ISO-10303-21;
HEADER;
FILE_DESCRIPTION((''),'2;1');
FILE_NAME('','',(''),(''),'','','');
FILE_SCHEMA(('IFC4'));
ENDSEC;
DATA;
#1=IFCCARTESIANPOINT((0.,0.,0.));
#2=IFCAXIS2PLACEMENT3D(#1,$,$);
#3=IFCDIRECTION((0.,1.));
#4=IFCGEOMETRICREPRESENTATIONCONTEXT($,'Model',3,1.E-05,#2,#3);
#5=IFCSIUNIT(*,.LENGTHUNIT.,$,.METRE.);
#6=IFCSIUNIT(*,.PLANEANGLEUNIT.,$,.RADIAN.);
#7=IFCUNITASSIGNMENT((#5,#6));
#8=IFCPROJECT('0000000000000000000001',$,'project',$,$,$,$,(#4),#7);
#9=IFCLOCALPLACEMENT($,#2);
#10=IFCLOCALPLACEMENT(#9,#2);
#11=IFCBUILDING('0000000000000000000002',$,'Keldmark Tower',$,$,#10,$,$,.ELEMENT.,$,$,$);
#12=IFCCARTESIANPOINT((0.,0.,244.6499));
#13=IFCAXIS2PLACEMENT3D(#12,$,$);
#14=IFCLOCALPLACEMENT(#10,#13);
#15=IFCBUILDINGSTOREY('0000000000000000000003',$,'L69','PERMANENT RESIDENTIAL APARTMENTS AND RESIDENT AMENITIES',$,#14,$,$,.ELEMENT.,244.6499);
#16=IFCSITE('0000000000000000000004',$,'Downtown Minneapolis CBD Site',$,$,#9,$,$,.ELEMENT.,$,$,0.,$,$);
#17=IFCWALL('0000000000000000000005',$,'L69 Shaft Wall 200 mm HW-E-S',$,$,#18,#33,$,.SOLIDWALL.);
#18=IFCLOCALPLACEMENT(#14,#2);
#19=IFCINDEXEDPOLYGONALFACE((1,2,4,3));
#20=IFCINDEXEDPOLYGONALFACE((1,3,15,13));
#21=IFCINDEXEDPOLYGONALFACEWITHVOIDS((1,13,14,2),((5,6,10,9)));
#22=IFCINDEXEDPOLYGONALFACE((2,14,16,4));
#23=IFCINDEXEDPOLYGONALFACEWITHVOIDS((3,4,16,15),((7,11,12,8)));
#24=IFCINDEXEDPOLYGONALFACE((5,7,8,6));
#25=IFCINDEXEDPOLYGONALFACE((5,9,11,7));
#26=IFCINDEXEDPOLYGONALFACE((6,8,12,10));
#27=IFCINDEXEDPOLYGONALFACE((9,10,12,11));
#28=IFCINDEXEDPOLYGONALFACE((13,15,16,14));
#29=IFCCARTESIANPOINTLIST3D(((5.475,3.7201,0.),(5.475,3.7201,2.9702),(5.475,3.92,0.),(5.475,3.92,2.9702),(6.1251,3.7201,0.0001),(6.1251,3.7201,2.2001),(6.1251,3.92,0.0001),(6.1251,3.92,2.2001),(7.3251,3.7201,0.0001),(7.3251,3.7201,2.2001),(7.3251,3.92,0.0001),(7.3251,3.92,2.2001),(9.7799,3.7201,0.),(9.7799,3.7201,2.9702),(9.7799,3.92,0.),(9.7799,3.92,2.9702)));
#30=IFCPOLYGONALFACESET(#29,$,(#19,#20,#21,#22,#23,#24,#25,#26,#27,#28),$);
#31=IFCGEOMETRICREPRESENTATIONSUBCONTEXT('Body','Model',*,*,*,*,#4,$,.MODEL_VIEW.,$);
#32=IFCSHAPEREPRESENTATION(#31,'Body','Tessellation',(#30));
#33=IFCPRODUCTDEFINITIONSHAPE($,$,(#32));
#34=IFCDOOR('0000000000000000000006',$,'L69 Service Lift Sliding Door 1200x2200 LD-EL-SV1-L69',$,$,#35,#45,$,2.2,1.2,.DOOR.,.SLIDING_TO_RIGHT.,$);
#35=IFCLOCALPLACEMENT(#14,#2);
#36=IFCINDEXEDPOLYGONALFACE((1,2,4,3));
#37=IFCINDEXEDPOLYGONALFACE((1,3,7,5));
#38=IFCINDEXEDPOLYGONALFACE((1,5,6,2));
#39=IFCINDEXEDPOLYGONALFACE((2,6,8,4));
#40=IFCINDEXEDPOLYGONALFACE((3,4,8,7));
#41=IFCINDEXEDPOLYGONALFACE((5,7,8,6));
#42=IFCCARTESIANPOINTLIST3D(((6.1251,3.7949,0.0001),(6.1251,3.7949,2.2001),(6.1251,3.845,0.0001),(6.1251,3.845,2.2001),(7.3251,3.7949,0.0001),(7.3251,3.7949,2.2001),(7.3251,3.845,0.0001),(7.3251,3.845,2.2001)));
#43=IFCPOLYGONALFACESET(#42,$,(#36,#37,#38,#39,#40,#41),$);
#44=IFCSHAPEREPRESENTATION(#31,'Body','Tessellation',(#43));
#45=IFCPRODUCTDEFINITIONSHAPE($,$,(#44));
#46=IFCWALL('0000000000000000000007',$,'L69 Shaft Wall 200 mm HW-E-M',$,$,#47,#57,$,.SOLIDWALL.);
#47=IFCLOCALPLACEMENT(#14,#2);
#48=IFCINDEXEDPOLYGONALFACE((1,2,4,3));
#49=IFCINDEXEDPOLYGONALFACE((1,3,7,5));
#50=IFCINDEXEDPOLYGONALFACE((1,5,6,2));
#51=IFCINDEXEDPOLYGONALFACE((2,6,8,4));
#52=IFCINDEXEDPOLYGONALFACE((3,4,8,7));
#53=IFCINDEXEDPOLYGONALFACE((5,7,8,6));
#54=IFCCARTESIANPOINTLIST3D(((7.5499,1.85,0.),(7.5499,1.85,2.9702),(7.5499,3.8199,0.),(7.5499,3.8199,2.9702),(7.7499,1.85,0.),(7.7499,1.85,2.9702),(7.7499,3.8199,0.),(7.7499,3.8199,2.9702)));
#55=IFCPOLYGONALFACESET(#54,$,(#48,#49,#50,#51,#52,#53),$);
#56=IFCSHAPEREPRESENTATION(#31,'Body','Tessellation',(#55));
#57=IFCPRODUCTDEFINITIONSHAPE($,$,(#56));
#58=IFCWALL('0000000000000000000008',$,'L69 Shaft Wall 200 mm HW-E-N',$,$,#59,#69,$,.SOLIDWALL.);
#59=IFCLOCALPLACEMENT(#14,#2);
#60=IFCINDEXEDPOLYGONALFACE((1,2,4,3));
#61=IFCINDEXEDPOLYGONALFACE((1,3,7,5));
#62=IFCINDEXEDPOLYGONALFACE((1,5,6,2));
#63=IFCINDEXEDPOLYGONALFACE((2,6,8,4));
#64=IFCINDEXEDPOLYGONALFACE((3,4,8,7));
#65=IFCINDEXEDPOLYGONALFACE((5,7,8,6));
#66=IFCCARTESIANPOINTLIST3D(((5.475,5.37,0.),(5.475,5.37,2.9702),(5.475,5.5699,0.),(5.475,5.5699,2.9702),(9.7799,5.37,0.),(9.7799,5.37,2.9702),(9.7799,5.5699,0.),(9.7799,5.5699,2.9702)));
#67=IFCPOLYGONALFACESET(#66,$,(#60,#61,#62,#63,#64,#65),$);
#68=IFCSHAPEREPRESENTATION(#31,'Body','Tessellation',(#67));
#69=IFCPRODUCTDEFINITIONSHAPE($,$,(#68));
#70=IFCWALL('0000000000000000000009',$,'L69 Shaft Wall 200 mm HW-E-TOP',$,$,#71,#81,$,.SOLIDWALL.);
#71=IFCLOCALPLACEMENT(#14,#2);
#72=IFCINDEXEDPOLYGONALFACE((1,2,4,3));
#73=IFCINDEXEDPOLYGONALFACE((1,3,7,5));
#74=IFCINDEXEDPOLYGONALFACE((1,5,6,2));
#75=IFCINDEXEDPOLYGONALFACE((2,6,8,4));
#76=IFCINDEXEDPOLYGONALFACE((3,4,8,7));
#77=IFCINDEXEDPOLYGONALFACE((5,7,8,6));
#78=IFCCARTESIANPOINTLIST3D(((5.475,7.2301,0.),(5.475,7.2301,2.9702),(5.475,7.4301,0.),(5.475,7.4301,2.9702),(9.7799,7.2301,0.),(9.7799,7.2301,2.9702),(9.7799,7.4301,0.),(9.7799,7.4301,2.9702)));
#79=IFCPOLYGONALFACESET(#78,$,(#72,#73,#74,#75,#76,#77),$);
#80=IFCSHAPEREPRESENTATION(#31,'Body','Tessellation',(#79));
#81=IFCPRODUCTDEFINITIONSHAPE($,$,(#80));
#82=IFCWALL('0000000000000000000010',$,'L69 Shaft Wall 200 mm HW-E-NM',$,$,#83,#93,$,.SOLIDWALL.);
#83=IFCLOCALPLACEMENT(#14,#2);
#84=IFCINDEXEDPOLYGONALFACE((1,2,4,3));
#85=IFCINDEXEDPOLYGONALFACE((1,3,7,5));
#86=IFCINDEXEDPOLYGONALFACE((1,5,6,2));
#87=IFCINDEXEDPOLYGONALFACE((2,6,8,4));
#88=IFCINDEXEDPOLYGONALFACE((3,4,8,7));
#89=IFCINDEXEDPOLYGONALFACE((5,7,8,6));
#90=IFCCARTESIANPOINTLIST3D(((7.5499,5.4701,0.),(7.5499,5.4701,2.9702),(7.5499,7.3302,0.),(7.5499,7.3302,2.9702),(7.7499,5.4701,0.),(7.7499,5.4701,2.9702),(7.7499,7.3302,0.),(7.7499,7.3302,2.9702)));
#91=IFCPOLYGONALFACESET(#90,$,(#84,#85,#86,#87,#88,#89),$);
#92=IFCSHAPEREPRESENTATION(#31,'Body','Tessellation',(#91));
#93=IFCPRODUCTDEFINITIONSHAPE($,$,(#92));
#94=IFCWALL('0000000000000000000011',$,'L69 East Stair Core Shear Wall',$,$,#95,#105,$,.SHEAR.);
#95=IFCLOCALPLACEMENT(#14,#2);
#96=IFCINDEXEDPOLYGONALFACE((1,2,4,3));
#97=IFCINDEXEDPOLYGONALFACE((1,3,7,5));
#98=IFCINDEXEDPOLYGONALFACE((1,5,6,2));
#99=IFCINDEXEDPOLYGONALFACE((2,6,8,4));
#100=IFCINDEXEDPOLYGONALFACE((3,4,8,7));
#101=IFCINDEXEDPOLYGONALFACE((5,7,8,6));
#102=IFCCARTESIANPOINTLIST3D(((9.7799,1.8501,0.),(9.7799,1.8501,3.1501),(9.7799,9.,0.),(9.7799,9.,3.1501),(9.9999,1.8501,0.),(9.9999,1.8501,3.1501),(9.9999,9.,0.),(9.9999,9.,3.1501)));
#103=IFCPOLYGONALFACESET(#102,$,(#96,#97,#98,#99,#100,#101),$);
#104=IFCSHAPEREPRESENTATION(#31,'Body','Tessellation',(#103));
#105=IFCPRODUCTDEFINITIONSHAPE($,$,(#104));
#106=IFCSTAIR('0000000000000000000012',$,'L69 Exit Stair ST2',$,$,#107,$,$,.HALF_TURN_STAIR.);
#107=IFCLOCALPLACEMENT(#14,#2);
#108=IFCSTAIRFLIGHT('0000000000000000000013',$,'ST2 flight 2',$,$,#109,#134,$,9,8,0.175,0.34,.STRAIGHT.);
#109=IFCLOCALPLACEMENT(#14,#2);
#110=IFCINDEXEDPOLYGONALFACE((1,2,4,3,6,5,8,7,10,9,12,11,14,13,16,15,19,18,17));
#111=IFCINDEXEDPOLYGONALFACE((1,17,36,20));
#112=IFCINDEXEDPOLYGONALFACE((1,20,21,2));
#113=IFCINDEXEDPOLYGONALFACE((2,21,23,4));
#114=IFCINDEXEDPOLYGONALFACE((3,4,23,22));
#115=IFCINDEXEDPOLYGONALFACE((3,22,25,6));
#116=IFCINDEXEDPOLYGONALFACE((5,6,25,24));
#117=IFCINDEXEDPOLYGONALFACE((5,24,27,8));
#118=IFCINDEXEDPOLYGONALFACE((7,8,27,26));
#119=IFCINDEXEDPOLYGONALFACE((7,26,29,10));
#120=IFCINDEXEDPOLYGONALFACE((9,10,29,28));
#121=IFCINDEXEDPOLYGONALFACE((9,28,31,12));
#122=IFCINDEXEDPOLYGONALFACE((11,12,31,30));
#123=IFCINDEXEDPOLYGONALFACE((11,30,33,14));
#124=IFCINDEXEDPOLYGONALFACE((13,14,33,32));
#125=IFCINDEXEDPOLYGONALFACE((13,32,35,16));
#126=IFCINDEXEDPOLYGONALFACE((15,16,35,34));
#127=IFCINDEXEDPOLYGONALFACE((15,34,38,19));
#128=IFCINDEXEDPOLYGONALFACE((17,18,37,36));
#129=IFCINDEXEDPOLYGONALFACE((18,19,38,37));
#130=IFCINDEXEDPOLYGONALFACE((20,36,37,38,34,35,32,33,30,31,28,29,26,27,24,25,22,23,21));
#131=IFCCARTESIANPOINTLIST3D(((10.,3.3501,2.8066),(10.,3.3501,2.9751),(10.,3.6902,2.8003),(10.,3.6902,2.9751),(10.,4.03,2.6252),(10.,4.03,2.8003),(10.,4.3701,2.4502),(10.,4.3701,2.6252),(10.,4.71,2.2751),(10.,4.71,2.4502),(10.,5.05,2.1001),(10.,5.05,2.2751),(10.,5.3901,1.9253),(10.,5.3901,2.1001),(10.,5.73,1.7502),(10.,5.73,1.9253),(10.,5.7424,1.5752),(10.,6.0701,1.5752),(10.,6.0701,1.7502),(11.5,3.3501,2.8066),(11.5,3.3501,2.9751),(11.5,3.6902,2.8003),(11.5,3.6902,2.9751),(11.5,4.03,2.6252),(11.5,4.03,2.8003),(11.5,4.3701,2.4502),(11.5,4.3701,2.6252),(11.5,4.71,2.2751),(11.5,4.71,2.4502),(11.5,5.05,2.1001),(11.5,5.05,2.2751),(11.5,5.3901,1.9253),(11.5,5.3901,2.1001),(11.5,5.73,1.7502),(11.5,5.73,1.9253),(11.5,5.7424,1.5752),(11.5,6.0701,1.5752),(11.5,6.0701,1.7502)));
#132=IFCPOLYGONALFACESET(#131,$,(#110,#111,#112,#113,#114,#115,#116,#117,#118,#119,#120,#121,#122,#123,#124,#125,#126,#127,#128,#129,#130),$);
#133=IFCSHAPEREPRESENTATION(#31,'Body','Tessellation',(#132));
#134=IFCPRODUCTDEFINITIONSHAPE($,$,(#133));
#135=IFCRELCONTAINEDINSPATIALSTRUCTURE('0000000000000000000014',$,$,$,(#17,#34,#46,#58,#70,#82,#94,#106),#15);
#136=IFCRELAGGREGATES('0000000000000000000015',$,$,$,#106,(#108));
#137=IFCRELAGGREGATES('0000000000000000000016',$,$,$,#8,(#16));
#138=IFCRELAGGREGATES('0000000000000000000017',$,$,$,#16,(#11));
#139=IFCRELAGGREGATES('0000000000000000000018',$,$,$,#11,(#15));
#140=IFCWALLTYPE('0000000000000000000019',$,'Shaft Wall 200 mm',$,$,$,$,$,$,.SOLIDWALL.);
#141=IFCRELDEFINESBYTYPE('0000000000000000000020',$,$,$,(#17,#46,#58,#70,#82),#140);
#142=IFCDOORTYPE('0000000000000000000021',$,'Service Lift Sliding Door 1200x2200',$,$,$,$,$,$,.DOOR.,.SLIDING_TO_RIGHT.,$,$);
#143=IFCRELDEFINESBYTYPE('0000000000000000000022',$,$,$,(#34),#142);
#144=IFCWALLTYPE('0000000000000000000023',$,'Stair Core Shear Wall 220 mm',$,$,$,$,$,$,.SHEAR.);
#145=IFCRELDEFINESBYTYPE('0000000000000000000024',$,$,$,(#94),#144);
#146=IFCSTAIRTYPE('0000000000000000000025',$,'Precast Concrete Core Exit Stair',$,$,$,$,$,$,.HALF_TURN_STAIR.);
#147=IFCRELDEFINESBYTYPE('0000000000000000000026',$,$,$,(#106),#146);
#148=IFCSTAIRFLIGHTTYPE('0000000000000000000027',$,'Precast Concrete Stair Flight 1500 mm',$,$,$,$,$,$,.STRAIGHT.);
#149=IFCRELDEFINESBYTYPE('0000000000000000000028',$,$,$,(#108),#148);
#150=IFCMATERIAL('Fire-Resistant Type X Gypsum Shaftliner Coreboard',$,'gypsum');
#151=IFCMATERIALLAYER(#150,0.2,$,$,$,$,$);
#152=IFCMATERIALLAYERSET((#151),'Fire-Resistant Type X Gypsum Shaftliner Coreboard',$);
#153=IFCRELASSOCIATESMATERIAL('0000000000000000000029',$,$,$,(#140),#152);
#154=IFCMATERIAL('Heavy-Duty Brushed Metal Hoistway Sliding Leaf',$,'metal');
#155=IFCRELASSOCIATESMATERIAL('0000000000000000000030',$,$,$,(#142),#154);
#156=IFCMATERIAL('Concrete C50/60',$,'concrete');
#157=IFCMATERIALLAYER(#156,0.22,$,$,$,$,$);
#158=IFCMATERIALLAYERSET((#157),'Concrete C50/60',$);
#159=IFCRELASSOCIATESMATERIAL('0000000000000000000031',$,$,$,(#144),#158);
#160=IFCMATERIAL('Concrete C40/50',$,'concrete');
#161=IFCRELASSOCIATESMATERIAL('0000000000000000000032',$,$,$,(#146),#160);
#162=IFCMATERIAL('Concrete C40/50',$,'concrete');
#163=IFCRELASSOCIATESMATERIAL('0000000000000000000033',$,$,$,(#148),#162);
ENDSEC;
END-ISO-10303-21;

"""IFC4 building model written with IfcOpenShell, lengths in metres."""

from ifc_helpers import new_model, si_unit, direction, frame, frame_2d, origin, place, context, subcontext, project, spatial, polyline, rectangle, outline, extrude, material, layer, layer_set, type_object, element, fill, aggregate, save


model = new_model("IFC4")

# Units and contexts
model_context = context("Model", 3, precision=1e-05, world=origin(), true_north=direction((0.0, 1.0)))
body_context = subcontext(model_context, "Body", "Model", "MODEL_VIEW")
ifc_project = project(units=[si_unit("LENGTHUNIT", "METRE"), si_unit("PLANEANGLEUNIT", "RADIAN")], contexts=[model_context])

# Site, building, storey
site_placement = place(None, origin())
site = spatial("IfcSite", under=ifc_project, at=site_placement, Name="Downtown Minneapolis CBD Site", CompositionType="ELEMENT", RefElevation=0.0)
building_placement = place(site_placement, origin())
building = spatial("IfcBuilding", under=site, at=building_placement, Name="Keldmark Tower", CompositionType="ELEMENT")
storey_placement = place(building_placement, frame((0.0, 0.0, 244.6499)))
storey = spatial("IfcBuildingStorey", under=building, at=storey_placement, Name="L69", Description="PERMANENT RESIDENTIAL APARTMENTS AND RESIDENT AMENITIES", CompositionType="ELEMENT", Elevation=244.6499)

# Wall, opening, door
ifc_material_1 = material(Name="Fire-Resistant Type X Gypsum Shaftliner Coreboard", Category="gypsum")
ifc_layer_1 = layer(ifc_material_1, 0.2)
ifc_layer_set_1 = layer_set([ifc_layer_1], Name="Fire-Resistant Type X Gypsum Shaftliner Coreboard")
wall_type_1 = type_object("IfcWallType", Name="Shaft Wall 200 mm", PredefinedType="SOLIDWALL", material=ifc_layer_set_1)
wall_1_placement = place(storey_placement, frame((5.4751, 3.8201, 0.0), z_axis=(0.0, 0.0, 1.0), x_axis=(1.0, 0.0, 0.0)))
wall_1 = element("IfcWall", 1, at=wall_1_placement, inside=storey, type_object=wall_type_1, Name="L69 Shaft Wall 200 mm HW-E-S", PredefinedType="SOLIDWALL", context=body_context, shape_type="SweptSolid", body=[
    extrude(rectangle(XDim=4.3049, YDim=0.2, at=frame_2d((2.1523, 0.0))), origin(), (0.0, 0.0, 1.0), 2.9702),
])
opening_1_placement = place(wall_1_placement, frame((0.6499, 0.0, 0.0)))
opening_1 = element("IfcOpeningElement", 2, at=opening_1_placement, cuts=wall_1, PredefinedType="OPENING", context=body_context, shape_type="SweptSolid", body=[
    extrude(rectangle(XDim=1.2, YDim=2.2, at=frame_2d((0.6001, 1.1001))), frame((0.0, 0.1099, 0.0), z_axis=(0.0, -1.0, 0.0), x_axis=(1.0, 0.0, 0.0)), (0.0, 0.0, 1.0), 0.22),
])
ifc_material_2 = material(Name="Heavy-Duty Brushed Metal Hoistway Sliding Leaf", Category="metal")
door_type_1 = type_object("IfcDoorType", Name="Service Lift Sliding Door 1200x2200", OperationType="SLIDING_TO_RIGHT", PredefinedType="DOOR", material=ifc_material_2)
door_1_placement = place(opening_1_placement, origin())
door_1 = element("IfcDoor", 3, at=door_1_placement, inside=storey, type_object=door_type_1, Name="L69 Service Lift Sliding Door 1200x2200 LD-EL-SV1-L69", OperationType="SLIDING_TO_RIGHT", OverallHeight=2.2, OverallWidth=1.2, PredefinedType="DOOR", context=body_context, shape_type="SweptSolid", body=[
    extrude(rectangle(XDim=1.2, YDim=2.2, at=frame_2d((0.6001, 1.1001))), frame((0.0, 0.0249, 0.0), z_axis=(0.0, -1.0, 0.0), x_axis=(1.0, 0.0, 0.0)), (0.0, 0.0, 1.0), 0.05),
])
fill(opening_1, door_1)

# Walls
wall_2_placement = place(storey_placement, frame((7.6499, 1.8501, 0.0), z_axis=(0.0, 0.0, 1.0), x_axis=(0.0, 1.0, 0.0)))
element("IfcWall", 4, at=wall_2_placement, inside=storey, type_object=wall_type_1, Name="L69 Shaft Wall 200 mm HW-E-M", PredefinedType="SOLIDWALL", context=body_context, shape_type="SweptSolid", body=[
    extrude(rectangle(XDim=1.97, YDim=0.2, at=frame_2d((0.9849, 0.0))), origin(), (0.0, 0.0, 1.0), 2.9702),
])
for number, where, z_axis, x_axis, name in (
    (5, (5.4751, 5.47, 0.0), (0.0, 0.0, 1.0), (1.0, 0.0, 0.0), "L69 Shaft Wall 200 mm HW-E-N"),
    (6, (5.4751, 7.3301, 0.0), (0.0, 0.0, 1.0), (1.0, 0.0, 0.0), "L69 Shaft Wall 200 mm HW-E-TOP"),
):
    element("IfcWall", number, at=place(storey_placement, frame(where, z_axis=z_axis, x_axis=x_axis)), inside=storey, type_object=wall_type_1, Name=name, PredefinedType="SOLIDWALL", context=body_context, shape_type="SweptSolid", body=[
        extrude(rectangle(XDim=4.3049, YDim=0.2, at=frame_2d((2.1523, 0.0))), origin(), (0.0, 0.0, 1.0), 2.9702),
    ])
wall_3_placement = place(storey_placement, frame((7.6499, 5.47, 0.0), z_axis=(0.0, 0.0, 1.0), x_axis=(0.0, 1.0, 0.0)))
element("IfcWall", 7, at=wall_3_placement, inside=storey, type_object=wall_type_1, Name="L69 Shaft Wall 200 mm HW-E-NM", PredefinedType="SOLIDWALL", context=body_context, shape_type="SweptSolid", body=[
    extrude(rectangle(XDim=1.8601, YDim=0.2, at=frame_2d((0.9302, 0.0))), origin(), (0.0, 0.0, 1.0), 2.9702),
])
ifc_material_3 = material(Name="Concrete C50/60", Category="concrete")
ifc_layer_2 = layer(ifc_material_3, 0.22)
ifc_layer_set_2 = layer_set([ifc_layer_2], Name="Concrete C50/60")
wall_type_2 = type_object("IfcWallType", Name="Stair Core Shear Wall 220 mm", PredefinedType="SHEAR", material=ifc_layer_set_2)
wall_4_placement = place(storey_placement, frame((9.8899, 1.8501, 0.0), z_axis=(0.0, 0.0, 1.0), x_axis=(0.0, 1.0, 0.0)))
element("IfcWall", 8, at=wall_4_placement, inside=storey, type_object=wall_type_2, Name="L69 East Stair Core Shear Wall", PredefinedType="SHEAR", context=body_context, shape_type="SweptSolid", body=[
    extrude(rectangle(XDim=7.1499, YDim=0.22, at=frame_2d((3.575, 0.0))), origin(), (0.0, 0.0, 1.0), 3.1501),
])

# Stair, stair flight
ifc_material_4 = material(Name="Concrete C40/50", Category="concrete")
stair_type = type_object("IfcStairType", Name="Precast Concrete Core Exit Stair", PredefinedType="HALF_TURN_STAIR", material=ifc_material_4)
stair_placement = place(storey_placement, origin())
stair = element("IfcStair", 9, at=stair_placement, inside=storey, type_object=stair_type, Name="L69 Exit Stair ST2", PredefinedType="HALF_TURN_STAIR")
ifc_material_5 = material(Name="Concrete C40/50", Category="concrete")
stair_flight_type = type_object("IfcStairFlightType", Name="Precast Concrete Stair Flight 1500 mm", PredefinedType="STRAIGHT", material=ifc_material_5)
stair_flight_placement = place(storey_placement, frame((10.75, 6.0701, 1.5752), z_axis=(0.0, 0.0, 1.0), x_axis=(0.0, -1.0, 0.0)))
stair_flight = element("IfcStairFlight", 10, at=stair_flight_placement, type_object=stair_flight_type, Name="ST2 flight 2", NumberOfRisers=9, NumberOfTreads=8, PredefinedType="STRAIGHT", RiserHeight=0.175, TreadLength=0.34, context=body_context, shape_type="SweptSolid", body=[
    extrude(outline(polyline([(0.0, 0.0), (0.0, 0.175), (0.3401, 0.175), (0.3401, 0.3501), (0.6799, 0.3501), (0.6799, 0.5249), (1.02, 0.5249), (1.02, 0.7), (1.3601, 0.7), (1.3601, 0.875), (1.7, 0.875), (1.7, 1.05), (2.04, 1.05), (2.04, 1.2251), (2.3799, 1.2251), (2.3799, 1.3999), (2.72, 1.3999), (2.72, 1.575), (2.72, 1.2314), (0.3276, 0.0), (0.0, 0.0)])), frame((0.0, 0.75, 0.0), z_axis=(0.0, -1.0, 0.0), x_axis=(1.0, 0.0, 0.0)), (0.0, 0.0, 1.0), 1.5),
])
aggregate(stair, [stair_flight])

save(model, "model.ifc")
